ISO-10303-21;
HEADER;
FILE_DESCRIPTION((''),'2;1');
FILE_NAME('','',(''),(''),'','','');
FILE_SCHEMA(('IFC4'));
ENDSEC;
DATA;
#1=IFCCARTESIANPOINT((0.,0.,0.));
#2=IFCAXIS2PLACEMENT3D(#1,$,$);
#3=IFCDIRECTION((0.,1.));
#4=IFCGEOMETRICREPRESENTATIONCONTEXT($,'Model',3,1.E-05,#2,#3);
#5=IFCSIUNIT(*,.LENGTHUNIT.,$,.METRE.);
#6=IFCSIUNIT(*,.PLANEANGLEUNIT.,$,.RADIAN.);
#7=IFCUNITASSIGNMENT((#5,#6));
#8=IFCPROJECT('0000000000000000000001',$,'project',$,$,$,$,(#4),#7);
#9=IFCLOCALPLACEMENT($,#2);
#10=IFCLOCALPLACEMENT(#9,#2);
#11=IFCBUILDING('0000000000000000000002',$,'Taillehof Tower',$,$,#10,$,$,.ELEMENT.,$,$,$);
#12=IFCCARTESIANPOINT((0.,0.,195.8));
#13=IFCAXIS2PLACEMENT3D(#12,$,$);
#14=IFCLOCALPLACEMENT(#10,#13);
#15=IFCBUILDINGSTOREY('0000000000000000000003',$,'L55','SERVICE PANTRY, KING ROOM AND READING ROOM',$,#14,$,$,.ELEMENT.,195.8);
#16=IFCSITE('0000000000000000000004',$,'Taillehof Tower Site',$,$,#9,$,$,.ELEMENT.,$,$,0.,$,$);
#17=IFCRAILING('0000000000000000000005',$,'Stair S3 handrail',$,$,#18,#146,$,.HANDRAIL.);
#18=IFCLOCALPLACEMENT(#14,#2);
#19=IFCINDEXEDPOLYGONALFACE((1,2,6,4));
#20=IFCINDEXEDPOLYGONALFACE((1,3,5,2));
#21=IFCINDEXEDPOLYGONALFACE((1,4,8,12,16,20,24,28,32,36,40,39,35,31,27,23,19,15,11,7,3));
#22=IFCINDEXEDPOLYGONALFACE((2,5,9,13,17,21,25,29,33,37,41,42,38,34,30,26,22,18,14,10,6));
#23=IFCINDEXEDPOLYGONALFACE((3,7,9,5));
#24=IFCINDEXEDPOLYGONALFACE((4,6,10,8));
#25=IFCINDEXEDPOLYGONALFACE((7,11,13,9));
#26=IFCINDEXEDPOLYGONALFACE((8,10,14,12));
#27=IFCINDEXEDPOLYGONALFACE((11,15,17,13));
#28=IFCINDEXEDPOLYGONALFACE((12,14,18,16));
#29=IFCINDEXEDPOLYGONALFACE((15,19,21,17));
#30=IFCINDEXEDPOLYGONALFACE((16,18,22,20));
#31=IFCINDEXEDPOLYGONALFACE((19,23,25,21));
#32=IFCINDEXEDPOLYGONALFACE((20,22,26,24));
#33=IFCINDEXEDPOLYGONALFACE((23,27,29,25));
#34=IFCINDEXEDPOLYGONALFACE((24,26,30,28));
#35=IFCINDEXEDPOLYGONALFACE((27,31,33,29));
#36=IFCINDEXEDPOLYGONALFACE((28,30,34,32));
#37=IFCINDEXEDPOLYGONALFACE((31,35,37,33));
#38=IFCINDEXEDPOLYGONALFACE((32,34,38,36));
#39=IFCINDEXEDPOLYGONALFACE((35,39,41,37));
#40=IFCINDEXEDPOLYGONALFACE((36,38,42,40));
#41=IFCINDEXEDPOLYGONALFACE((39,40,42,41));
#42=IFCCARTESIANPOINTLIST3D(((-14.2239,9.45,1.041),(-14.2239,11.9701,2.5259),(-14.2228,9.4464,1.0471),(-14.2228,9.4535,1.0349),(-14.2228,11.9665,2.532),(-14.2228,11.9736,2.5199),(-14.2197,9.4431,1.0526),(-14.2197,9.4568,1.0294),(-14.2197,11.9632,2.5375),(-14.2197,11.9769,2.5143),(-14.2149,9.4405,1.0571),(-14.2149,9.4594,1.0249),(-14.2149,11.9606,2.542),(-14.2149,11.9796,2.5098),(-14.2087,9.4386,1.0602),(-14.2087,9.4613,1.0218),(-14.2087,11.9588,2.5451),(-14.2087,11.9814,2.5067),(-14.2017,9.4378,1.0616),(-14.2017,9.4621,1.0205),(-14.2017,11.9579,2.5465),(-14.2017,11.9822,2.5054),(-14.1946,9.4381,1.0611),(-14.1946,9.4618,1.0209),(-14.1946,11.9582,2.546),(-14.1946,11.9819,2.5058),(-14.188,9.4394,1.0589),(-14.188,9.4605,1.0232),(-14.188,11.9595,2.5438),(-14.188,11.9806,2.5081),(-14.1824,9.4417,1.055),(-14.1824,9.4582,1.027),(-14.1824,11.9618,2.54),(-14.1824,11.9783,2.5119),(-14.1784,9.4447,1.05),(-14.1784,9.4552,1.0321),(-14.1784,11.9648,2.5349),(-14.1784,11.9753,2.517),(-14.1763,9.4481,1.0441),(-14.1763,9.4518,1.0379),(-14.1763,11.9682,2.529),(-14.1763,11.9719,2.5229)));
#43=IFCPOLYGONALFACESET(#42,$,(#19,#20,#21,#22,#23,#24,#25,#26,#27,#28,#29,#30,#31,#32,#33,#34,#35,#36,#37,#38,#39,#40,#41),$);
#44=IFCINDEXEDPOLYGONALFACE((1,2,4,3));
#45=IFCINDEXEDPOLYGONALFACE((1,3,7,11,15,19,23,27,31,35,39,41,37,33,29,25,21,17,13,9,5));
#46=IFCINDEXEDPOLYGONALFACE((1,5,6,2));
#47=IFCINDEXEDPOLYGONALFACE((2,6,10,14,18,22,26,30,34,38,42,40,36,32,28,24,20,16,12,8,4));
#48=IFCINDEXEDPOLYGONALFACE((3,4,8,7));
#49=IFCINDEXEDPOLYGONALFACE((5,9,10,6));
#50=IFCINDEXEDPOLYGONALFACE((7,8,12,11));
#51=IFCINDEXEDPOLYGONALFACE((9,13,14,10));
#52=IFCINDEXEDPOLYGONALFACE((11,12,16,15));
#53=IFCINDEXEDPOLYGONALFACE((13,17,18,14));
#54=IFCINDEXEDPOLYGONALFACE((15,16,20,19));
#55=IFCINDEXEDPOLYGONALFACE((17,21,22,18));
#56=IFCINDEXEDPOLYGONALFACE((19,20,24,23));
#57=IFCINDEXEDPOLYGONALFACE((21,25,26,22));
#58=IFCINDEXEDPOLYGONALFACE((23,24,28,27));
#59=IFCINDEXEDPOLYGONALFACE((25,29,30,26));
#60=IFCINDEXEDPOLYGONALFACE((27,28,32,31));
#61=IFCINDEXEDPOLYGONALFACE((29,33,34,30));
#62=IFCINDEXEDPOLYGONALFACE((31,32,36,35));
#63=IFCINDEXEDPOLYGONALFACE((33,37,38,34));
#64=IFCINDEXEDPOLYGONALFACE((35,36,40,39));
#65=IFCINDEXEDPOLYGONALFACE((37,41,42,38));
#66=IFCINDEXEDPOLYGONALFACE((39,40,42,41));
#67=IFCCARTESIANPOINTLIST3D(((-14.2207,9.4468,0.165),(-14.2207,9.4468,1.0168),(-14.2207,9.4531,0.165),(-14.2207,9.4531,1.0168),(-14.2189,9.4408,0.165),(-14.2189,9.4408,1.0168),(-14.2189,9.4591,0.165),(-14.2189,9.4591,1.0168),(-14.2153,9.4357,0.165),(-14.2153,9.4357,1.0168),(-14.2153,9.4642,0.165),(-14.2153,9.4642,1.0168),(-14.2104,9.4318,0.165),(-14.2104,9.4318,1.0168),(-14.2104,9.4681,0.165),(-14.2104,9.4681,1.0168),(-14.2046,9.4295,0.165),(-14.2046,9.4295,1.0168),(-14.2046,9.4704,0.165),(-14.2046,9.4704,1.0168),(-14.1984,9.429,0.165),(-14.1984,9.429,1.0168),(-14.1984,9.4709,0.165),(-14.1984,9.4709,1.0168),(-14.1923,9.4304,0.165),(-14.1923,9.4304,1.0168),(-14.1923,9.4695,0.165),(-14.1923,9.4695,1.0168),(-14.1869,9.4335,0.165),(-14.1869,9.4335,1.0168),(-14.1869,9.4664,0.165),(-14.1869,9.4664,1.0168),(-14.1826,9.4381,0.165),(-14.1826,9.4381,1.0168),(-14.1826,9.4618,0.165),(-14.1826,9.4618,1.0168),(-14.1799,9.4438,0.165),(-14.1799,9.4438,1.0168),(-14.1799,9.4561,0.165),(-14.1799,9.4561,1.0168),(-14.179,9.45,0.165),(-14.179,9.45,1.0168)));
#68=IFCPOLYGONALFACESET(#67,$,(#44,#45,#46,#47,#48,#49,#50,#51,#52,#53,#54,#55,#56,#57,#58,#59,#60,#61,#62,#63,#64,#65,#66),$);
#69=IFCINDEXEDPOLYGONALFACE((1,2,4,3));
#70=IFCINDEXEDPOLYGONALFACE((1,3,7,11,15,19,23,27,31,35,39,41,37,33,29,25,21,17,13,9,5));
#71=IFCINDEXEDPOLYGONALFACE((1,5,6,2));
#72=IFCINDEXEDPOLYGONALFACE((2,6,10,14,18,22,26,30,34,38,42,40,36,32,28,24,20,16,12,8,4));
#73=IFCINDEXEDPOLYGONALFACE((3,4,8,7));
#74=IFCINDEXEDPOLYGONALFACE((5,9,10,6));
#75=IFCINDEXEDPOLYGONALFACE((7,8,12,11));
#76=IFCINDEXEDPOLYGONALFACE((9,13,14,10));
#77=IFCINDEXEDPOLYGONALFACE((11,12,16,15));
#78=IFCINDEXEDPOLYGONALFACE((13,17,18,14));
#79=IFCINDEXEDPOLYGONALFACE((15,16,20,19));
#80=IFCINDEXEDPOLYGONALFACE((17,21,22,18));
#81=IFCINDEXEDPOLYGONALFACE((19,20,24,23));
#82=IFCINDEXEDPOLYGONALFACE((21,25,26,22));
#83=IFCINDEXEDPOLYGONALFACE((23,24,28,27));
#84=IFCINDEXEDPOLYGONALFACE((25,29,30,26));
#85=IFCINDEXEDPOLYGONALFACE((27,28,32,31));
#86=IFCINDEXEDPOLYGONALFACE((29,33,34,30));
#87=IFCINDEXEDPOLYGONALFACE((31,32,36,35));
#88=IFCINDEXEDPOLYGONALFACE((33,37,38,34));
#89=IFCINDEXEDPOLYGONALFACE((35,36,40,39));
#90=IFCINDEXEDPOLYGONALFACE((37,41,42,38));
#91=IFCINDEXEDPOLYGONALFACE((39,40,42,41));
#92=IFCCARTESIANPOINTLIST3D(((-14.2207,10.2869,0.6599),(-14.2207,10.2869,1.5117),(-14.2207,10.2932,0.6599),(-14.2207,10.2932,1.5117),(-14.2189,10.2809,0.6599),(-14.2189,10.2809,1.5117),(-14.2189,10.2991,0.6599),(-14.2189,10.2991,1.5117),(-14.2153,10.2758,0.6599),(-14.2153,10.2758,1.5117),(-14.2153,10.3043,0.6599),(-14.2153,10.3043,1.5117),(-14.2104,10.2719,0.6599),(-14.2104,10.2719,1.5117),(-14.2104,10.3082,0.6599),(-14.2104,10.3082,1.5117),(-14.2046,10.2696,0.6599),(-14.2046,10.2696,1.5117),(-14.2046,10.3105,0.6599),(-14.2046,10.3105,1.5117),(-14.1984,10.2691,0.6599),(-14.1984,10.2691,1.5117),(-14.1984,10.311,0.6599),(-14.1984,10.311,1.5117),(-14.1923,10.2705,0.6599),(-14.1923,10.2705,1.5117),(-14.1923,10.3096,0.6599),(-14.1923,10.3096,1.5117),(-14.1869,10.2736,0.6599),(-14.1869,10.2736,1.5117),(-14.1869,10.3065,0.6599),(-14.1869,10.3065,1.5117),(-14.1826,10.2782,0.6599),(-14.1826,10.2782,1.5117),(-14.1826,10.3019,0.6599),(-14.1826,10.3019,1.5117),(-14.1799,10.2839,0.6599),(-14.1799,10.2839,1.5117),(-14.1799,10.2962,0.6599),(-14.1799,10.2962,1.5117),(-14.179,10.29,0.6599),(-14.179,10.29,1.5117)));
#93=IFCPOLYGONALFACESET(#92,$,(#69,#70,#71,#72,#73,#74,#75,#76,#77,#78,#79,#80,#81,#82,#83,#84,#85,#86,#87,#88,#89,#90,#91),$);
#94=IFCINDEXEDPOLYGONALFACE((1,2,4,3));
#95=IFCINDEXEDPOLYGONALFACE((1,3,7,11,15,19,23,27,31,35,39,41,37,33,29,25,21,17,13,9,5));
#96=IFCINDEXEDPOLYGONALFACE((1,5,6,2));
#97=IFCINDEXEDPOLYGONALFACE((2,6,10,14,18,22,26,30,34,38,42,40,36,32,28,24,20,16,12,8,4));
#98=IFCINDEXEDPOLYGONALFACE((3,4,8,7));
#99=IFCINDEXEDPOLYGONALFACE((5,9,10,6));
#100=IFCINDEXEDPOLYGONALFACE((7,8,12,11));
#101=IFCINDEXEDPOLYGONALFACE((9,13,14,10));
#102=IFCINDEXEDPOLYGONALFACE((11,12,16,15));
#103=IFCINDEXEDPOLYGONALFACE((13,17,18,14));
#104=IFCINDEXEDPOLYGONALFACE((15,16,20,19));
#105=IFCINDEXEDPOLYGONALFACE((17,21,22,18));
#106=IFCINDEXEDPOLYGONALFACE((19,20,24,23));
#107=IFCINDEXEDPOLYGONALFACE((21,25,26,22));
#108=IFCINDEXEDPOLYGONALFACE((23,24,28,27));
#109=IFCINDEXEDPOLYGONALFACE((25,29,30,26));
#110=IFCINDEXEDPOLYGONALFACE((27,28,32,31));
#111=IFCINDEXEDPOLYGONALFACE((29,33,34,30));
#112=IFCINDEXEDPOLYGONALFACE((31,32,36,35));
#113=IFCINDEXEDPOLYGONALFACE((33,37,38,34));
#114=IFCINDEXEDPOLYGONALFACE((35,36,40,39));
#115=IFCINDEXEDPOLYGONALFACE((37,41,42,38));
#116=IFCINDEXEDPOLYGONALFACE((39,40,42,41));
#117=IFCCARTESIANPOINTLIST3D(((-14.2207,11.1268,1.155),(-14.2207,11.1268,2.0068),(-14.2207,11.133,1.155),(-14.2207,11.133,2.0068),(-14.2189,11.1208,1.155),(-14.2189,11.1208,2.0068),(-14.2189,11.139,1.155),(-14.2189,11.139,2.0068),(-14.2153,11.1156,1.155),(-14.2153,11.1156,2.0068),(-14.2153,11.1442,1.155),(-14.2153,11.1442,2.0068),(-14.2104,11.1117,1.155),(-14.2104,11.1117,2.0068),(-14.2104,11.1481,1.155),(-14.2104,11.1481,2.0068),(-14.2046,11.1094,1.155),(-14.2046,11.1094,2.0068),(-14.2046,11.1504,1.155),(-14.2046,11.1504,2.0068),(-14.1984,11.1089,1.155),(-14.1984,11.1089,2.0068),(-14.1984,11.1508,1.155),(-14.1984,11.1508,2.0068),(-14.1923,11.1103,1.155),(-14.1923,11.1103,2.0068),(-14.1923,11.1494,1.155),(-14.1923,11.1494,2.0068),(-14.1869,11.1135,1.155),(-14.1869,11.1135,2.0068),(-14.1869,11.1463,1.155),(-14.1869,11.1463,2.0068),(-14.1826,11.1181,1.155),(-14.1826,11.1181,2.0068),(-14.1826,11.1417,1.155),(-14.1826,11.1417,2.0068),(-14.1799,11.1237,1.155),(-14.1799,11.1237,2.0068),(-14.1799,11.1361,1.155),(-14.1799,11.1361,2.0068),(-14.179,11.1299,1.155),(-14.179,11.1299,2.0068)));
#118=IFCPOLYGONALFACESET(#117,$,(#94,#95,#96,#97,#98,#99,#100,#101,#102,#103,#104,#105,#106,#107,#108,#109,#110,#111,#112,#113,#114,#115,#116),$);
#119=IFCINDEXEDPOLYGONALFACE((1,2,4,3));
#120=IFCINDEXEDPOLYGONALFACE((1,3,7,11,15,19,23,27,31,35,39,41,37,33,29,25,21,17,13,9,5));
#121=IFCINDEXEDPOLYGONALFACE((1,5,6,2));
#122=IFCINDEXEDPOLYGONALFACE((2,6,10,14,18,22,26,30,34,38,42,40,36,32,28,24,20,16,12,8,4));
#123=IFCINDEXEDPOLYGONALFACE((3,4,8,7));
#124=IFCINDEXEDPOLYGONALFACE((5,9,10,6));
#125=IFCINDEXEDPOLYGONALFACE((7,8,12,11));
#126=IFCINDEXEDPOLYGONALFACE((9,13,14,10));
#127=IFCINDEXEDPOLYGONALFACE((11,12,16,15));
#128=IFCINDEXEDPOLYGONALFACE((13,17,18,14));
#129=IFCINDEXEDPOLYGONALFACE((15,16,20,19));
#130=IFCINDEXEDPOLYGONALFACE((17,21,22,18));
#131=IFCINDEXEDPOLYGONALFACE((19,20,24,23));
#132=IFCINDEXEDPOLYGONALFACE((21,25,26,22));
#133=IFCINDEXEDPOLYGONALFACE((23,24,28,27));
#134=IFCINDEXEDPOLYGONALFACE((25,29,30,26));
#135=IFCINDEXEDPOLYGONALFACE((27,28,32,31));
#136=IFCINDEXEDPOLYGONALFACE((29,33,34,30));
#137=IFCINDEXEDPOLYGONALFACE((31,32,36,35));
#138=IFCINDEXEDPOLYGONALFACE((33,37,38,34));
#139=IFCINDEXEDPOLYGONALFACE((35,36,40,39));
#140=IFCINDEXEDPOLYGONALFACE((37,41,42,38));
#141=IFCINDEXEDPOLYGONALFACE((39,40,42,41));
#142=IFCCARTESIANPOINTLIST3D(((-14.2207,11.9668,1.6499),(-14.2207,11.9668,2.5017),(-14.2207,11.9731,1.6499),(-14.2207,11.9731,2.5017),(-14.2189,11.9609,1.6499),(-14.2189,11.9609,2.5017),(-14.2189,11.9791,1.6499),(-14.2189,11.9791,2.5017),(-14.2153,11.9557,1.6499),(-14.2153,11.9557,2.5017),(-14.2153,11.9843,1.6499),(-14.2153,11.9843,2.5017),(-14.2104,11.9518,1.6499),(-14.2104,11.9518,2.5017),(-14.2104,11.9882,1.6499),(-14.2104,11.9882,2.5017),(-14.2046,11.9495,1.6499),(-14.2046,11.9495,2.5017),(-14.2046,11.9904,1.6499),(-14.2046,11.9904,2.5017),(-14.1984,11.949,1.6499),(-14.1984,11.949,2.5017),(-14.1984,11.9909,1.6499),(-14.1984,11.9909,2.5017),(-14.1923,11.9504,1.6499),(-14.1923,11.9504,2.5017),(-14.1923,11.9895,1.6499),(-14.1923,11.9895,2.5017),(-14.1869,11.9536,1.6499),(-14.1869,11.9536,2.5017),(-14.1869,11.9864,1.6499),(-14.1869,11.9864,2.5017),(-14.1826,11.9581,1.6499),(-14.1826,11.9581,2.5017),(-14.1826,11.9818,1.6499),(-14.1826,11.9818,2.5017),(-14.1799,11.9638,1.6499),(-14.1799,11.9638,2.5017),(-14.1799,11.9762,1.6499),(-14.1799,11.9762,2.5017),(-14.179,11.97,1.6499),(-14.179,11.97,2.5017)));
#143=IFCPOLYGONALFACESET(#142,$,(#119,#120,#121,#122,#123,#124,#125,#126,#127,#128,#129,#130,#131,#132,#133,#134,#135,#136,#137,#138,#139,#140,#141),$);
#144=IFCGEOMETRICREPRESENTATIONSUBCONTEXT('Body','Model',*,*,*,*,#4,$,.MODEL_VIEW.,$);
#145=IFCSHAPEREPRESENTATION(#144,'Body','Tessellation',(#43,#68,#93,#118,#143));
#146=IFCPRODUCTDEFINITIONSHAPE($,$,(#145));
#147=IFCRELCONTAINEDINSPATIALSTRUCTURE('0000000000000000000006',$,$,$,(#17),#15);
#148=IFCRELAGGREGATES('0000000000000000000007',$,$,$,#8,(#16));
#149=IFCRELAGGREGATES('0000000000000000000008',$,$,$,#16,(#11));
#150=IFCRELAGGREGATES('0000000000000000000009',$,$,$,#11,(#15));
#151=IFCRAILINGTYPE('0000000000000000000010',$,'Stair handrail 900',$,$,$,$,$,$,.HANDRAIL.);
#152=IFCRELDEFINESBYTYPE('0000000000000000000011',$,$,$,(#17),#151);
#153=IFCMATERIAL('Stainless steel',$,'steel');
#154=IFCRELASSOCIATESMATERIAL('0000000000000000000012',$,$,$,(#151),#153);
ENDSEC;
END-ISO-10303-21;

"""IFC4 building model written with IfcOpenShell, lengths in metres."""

from ifc_helpers import new_model, si_unit, direction, frame, origin, origin_2d, place, context, subcontext, project, spatial, circle, extrude, material, type_object, element, save


model = new_model("IFC4")

# Units and contexts
model_context = context("Model", 3, precision=1e-05, world=origin(), true_north=direction((0.0, 1.0)))
body_context = subcontext(model_context, "Body", "Model", "MODEL_VIEW")
ifc_project = project(units=[si_unit("LENGTHUNIT", "METRE"), si_unit("PLANEANGLEUNIT", "RADIAN")], contexts=[model_context])

# Site, building, storey
site_placement = place(None, origin())
site = spatial("IfcSite", under=ifc_project, at=site_placement, Name="Taillehof Tower Site", CompositionType="ELEMENT", RefElevation=0.0)
building_placement = place(site_placement, origin())
building = spatial("IfcBuilding", under=site, at=building_placement, Name="Taillehof Tower", CompositionType="ELEMENT")
storey_placement = place(building_placement, frame((0.0, 0.0, 195.8)))
storey = spatial("IfcBuildingStorey", under=building, at=storey_placement, Name="L55", Description="SERVICE PANTRY, KING ROOM AND READING ROOM", CompositionType="ELEMENT", Elevation=195.8)

# Railing
ifc_material_1 = material(Name="Stainless steel", Category="steel")
railing_type = type_object("IfcRailingType", Name="Stair handrail 900", PredefinedType="HANDRAIL", material=ifc_material_1)
railing_placement = place(storey_placement, frame((-14.2, 9.45, 0.165)))
element("IfcRailing", 1, at=railing_placement, inside=storey, type_object=railing_type, Name="Stair S3 handrail", PredefinedType="HANDRAIL", context=body_context, shape_type="SweptSolid", body=[
    extrude(circle(Radius=0.0239, at=origin_2d()), frame((0.0, 0.0, 0.876), z_axis=(0.0, 0.861561, 0.507655), x_axis=(-1.0, 0.0, 0.0)), (0.0, 0.0, 1.0), 2.925),
    extrude(circle(Radius=0.021, at=origin_2d()), origin(), (0.0, 0.0, 1.0), 0.8518),
    extrude(circle(Radius=0.021, at=origin_2d()), frame((0.0, 0.8401, 0.4949)), (0.0, 0.0, 1.0), 0.8518),
    extrude(circle(Radius=0.021, at=origin_2d()), frame((0.0, 1.6799, 0.99)), (0.0, 0.0, 1.0), 0.8518),
    extrude(circle(Radius=0.021, at=origin_2d()), frame((0.0, 2.52, 1.4849)), (0.0, 0.0, 1.0), 0.8518),
])

save(model, "model.ifc")
